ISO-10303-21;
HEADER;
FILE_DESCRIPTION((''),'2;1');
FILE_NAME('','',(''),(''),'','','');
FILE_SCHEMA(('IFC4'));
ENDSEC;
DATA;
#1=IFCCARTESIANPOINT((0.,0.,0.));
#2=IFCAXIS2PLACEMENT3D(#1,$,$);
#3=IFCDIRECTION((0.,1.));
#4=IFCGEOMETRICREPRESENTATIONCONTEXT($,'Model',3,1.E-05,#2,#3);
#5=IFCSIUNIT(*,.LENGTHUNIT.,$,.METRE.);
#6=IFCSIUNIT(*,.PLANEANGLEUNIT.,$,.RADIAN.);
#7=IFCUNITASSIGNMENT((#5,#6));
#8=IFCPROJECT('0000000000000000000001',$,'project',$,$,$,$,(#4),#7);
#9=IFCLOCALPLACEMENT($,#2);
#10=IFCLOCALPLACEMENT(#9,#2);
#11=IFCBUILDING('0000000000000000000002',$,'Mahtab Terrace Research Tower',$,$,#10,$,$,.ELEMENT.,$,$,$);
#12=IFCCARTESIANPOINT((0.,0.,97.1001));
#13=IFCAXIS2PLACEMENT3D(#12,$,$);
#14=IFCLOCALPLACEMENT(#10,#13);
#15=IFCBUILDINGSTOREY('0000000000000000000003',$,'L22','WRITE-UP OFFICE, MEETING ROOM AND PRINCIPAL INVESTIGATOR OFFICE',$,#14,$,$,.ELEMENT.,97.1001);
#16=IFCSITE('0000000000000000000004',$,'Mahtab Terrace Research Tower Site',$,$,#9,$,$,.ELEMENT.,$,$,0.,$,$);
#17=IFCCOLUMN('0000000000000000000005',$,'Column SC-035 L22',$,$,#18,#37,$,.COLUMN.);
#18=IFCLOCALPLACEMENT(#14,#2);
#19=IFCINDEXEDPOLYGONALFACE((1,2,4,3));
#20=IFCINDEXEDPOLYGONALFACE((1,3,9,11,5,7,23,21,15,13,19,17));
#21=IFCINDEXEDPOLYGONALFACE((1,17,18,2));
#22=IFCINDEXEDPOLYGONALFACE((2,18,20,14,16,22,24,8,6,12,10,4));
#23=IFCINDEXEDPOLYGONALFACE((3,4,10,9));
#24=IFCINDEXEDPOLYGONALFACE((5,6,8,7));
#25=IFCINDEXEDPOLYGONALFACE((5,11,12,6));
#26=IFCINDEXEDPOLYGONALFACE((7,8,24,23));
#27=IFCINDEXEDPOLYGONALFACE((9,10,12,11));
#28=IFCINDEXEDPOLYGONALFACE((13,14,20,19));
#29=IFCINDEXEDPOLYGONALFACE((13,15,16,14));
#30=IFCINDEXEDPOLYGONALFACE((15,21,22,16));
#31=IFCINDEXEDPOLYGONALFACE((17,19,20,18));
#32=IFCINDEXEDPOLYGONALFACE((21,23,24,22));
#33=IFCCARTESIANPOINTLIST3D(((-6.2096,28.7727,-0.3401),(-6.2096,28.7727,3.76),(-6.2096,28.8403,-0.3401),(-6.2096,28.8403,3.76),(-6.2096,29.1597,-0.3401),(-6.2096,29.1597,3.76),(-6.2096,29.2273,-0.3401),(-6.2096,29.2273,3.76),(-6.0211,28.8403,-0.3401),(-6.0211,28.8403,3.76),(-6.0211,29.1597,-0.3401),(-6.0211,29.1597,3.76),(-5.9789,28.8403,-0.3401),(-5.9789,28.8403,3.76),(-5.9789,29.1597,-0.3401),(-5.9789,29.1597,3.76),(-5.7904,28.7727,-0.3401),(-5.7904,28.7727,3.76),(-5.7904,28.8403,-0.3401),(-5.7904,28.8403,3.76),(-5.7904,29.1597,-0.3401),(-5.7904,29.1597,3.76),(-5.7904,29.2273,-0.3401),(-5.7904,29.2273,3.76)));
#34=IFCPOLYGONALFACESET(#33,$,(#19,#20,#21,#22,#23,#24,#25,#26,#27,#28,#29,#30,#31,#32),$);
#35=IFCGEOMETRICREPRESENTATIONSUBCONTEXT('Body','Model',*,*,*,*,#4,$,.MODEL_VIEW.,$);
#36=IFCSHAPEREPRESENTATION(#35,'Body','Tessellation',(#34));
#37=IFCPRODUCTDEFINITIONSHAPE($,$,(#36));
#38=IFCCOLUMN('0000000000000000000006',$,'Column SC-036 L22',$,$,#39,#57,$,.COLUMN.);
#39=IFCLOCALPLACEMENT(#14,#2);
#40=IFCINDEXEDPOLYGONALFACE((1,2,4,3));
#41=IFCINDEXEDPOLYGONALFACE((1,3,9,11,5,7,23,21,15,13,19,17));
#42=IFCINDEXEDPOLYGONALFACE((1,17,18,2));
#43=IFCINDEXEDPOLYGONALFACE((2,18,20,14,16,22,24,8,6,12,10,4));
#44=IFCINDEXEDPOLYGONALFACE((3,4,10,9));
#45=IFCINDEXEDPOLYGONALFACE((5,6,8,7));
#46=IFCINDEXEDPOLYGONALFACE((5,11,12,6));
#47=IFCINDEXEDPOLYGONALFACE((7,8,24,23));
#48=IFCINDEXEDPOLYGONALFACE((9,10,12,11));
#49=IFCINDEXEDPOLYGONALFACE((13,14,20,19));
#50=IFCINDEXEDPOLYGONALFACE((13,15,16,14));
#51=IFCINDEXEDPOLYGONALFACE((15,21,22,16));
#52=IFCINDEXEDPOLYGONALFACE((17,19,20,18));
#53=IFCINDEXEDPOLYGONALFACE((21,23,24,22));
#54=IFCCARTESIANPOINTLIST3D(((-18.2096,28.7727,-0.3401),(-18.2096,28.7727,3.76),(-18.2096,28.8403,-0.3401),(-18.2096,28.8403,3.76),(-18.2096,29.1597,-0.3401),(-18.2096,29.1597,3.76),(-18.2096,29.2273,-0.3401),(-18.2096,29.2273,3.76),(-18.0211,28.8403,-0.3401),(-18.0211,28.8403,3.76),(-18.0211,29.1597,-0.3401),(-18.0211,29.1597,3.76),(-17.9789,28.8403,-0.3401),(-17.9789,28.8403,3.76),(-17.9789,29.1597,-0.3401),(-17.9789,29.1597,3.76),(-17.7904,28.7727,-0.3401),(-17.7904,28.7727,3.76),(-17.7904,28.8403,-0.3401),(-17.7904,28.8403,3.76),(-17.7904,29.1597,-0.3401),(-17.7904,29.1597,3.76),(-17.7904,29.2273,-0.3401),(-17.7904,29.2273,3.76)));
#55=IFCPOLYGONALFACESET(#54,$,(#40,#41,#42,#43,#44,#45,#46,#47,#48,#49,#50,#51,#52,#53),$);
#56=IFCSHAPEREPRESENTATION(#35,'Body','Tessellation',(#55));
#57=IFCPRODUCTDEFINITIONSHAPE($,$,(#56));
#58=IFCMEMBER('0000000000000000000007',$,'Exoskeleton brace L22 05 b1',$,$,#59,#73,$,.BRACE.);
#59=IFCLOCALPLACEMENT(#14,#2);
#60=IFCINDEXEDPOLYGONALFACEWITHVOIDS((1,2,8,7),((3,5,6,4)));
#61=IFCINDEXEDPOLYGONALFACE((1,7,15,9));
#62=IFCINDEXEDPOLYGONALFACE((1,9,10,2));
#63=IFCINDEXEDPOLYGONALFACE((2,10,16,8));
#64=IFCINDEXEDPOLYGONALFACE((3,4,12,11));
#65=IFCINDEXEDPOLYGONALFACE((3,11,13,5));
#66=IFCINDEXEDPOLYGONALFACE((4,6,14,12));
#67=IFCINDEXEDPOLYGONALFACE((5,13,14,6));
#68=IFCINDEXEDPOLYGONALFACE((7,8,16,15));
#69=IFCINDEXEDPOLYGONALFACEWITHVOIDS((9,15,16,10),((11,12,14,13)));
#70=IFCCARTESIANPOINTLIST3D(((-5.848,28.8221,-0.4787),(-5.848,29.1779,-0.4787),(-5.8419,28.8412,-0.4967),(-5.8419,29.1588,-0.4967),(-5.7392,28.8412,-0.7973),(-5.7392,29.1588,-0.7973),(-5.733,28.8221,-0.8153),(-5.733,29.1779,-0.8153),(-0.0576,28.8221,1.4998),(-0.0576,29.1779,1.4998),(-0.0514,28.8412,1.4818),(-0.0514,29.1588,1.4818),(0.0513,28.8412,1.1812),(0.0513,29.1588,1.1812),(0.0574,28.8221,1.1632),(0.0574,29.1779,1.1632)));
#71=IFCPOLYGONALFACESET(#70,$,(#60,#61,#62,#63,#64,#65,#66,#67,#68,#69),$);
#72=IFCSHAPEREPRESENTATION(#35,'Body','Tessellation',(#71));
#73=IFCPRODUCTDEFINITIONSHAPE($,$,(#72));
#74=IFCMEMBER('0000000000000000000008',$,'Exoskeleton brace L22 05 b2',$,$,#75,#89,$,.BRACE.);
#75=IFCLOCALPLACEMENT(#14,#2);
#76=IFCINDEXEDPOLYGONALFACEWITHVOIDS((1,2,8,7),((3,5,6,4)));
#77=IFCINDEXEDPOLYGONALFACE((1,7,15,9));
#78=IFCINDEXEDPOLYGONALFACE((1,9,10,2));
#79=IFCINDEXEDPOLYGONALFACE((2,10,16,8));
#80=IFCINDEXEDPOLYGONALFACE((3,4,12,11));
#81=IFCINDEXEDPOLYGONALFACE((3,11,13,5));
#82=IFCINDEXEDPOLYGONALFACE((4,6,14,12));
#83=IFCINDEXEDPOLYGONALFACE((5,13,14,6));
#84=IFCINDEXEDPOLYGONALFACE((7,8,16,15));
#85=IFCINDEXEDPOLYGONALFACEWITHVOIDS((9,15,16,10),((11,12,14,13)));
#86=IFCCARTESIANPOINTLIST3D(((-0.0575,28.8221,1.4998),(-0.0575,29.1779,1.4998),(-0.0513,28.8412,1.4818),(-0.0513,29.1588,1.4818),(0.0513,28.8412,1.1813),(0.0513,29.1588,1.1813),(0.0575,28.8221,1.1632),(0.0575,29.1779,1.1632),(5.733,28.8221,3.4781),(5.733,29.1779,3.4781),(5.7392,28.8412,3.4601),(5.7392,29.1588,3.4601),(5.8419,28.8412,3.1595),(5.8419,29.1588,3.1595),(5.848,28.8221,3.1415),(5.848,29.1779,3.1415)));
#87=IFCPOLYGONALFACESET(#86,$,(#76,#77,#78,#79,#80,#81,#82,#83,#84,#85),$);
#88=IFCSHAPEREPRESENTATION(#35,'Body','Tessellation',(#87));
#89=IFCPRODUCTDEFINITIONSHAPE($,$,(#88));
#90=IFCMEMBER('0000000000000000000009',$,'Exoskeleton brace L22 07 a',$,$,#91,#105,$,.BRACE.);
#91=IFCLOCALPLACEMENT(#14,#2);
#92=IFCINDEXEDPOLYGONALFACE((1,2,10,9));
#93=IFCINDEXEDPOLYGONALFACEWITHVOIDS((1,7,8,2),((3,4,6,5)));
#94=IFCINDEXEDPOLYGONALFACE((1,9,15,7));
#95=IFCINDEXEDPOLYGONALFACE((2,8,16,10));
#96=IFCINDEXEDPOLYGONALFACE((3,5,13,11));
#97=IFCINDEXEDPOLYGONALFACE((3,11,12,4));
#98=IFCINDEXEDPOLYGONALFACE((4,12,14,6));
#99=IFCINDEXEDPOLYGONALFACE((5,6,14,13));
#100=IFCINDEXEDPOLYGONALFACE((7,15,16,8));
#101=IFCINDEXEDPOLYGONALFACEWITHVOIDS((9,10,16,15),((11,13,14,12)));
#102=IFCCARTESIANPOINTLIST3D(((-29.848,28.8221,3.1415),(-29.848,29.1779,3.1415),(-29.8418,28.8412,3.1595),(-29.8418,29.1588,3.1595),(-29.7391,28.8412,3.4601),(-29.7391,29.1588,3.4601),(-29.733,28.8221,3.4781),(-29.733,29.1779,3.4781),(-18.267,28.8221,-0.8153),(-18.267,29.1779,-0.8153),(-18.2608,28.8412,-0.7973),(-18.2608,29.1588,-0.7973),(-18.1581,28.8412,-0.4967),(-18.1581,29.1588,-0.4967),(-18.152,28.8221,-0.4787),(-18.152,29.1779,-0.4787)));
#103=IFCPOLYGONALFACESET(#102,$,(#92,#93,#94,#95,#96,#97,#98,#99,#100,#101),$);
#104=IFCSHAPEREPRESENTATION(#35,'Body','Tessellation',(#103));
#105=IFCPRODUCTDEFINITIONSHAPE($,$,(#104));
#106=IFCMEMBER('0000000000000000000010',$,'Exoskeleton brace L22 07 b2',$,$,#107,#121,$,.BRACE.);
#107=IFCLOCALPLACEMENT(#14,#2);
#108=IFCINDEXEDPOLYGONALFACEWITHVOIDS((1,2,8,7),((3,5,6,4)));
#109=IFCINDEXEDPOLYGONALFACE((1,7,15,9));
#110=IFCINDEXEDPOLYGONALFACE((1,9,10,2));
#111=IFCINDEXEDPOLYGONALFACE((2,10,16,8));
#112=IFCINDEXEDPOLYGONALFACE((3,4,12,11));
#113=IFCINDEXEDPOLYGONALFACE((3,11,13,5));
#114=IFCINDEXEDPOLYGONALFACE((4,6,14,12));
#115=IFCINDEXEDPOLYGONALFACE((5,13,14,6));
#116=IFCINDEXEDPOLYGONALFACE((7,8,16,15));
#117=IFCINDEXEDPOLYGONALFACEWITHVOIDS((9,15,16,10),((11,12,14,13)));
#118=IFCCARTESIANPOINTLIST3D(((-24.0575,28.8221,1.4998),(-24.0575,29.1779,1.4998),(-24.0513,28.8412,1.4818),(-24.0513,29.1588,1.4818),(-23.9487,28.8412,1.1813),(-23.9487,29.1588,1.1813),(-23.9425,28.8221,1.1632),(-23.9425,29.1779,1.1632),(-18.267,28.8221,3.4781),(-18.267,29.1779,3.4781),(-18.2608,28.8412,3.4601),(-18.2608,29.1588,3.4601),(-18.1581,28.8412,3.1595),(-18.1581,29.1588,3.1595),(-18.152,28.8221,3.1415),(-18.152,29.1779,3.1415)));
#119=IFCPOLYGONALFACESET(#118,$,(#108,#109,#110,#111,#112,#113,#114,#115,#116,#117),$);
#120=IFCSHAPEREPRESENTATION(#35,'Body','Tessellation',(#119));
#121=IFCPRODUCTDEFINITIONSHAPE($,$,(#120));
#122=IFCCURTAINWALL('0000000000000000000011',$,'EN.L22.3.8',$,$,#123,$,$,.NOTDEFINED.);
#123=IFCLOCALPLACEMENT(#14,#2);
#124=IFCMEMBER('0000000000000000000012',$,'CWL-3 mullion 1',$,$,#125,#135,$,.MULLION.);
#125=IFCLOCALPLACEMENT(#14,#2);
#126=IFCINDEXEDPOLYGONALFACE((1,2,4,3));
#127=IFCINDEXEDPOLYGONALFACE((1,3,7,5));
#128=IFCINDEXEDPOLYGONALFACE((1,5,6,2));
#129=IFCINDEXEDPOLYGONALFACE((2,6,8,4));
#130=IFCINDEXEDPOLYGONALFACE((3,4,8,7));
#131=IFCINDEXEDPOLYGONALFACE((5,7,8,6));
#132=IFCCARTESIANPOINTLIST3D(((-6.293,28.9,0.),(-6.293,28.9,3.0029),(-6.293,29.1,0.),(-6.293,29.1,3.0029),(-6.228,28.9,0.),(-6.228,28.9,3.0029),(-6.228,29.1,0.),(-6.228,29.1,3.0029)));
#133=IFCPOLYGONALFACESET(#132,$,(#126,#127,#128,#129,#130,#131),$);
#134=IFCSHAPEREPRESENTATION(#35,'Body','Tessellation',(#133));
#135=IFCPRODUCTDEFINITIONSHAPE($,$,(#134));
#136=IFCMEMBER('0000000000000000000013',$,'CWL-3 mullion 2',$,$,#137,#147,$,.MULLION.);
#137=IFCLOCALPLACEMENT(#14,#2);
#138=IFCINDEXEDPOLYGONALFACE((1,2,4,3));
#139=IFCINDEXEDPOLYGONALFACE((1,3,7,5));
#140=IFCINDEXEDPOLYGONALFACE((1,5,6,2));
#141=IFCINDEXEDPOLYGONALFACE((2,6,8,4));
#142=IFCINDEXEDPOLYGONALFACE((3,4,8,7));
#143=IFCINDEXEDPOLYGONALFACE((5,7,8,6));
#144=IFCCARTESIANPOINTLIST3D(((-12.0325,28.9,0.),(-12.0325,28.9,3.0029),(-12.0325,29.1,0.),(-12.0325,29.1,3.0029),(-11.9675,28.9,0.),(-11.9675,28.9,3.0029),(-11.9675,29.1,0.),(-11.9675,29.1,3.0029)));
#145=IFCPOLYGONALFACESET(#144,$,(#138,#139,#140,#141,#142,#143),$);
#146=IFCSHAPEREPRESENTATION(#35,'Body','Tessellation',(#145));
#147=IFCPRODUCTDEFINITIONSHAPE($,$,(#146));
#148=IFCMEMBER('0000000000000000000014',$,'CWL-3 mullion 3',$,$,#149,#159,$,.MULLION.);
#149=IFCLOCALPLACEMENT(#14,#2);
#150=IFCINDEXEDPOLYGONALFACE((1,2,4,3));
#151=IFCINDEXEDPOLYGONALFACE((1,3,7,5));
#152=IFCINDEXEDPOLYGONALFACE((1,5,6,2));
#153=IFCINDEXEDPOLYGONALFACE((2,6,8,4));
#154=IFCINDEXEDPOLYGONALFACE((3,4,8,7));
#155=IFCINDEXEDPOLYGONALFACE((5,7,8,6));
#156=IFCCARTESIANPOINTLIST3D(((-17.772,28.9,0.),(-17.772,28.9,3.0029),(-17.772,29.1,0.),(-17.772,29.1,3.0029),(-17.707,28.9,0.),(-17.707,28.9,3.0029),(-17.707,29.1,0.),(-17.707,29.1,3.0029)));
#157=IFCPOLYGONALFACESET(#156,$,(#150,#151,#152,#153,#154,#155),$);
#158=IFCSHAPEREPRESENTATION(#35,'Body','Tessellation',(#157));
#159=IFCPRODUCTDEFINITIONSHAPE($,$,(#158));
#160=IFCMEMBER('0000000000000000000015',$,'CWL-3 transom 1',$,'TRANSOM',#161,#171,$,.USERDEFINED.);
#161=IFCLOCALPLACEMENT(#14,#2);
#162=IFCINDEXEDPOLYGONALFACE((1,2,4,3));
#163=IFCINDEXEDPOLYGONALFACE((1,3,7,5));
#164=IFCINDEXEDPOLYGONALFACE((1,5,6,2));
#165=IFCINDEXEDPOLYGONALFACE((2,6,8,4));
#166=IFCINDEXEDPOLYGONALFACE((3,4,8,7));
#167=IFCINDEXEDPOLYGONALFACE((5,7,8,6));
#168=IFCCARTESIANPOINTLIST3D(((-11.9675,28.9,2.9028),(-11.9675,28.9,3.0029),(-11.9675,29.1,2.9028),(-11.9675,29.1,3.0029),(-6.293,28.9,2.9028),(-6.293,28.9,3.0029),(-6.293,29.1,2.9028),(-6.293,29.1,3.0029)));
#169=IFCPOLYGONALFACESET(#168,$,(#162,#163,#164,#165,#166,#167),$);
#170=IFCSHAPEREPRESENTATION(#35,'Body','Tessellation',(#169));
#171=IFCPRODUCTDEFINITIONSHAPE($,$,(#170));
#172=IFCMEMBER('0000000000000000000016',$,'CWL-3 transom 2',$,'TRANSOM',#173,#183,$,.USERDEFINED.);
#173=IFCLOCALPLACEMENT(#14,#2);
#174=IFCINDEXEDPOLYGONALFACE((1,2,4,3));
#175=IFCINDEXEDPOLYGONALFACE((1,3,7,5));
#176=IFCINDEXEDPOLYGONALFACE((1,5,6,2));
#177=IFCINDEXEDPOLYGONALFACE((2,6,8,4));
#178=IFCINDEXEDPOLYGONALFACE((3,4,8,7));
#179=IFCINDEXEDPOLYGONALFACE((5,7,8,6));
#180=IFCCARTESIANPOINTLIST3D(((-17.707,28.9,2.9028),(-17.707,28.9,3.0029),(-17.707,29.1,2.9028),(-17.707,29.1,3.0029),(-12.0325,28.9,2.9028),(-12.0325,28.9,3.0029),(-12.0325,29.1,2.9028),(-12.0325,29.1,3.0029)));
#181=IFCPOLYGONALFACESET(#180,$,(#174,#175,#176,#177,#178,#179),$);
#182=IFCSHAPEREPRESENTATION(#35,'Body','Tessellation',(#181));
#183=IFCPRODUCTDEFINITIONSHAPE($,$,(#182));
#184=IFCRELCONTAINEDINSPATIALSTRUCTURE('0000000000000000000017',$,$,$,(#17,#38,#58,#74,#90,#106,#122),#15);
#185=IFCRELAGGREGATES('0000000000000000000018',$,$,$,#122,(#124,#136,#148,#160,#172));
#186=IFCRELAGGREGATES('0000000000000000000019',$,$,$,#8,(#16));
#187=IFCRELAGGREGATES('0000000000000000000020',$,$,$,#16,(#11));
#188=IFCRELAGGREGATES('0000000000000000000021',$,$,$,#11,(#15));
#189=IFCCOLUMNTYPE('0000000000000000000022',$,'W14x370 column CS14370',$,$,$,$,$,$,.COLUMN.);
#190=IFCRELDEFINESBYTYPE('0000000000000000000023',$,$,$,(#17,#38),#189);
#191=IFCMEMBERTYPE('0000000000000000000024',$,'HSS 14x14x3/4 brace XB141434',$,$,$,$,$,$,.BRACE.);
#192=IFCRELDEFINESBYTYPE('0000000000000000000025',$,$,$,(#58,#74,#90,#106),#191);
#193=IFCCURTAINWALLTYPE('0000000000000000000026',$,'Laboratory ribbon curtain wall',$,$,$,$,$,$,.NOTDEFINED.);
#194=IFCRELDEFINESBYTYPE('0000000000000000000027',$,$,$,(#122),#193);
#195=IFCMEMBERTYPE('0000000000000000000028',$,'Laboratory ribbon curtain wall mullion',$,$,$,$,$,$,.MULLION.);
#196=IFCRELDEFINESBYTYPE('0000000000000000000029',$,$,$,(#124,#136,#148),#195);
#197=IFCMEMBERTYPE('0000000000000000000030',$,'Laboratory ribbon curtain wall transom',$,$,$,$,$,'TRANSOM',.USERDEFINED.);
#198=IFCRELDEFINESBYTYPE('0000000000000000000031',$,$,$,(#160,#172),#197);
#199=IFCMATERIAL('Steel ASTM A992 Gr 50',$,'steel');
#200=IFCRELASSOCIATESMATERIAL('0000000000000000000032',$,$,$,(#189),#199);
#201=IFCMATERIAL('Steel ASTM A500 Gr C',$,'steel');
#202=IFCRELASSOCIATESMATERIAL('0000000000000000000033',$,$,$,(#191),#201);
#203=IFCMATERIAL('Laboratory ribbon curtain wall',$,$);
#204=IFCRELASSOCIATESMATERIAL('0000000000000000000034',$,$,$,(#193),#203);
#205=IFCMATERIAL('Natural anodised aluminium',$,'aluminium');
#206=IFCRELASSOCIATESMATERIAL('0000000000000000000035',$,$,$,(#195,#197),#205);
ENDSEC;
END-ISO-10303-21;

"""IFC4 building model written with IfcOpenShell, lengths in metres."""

from ifc_helpers import new_model, si_unit, direction, frame, origin, origin_2d, place, context, subcontext, project, spatial, rectangle, hollow_rectangle, i_section, extrude, material, material_profile, profile_set, type_object, element, aggregate, save


model = new_model("IFC4")

# Units and contexts
model_context = context("Model", 3, precision=1e-05, world=origin(), true_north=direction((0.0, 1.0)))
body_context = subcontext(model_context, "Body", "Model", "MODEL_VIEW")
ifc_project = project(units=[si_unit("LENGTHUNIT", "METRE"), si_unit("PLANEANGLEUNIT", "RADIAN")], contexts=[model_context])

# Site, building, storey
site_placement = place(None, origin())
site = spatial("IfcSite", under=ifc_project, at=site_placement, Name="Mahtab Terrace Research Tower Site", CompositionType="ELEMENT", RefElevation=0.0)
building_placement = place(site_placement, origin())
building = spatial("IfcBuilding", under=site, at=building_placement, Name="Mahtab Terrace Research Tower", CompositionType="ELEMENT")
storey_placement = place(building_placement, frame((0.0, 0.0, 97.1001)))
storey = spatial("IfcBuildingStorey", under=building, at=storey_placement, Name="L22", Description="WRITE-UP OFFICE, MEETING ROOM AND PRINCIPAL INVESTIGATOR OFFICE", CompositionType="ELEMENT", Elevation=97.1001)

# Columns
ifc_material_1 = material(Name="Steel ASTM A992 Gr 50", Category="steel")
ifc_material_profile_1 = material_profile(ifc_material_1, i_section(OverallWidth=0.4192, OverallDepth=0.4546, WebThickness=0.0422, FlangeThickness=0.0676, at=origin_2d()), Name="W14X370")
ifc_profile_set_1 = profile_set([ifc_material_profile_1], Name="Steel ASTM A992 Gr 50")
column_type = type_object("IfcColumnType", Name="W14x370 column CS14370", PredefinedType="COLUMN", material=ifc_profile_set_1)
for number, where, z_axis, x_axis, name in (
    (1, (-6.0, 29.0, -0.3401), (0.0, 0.0, 1.0), (1.0, 0.0, 0.0), "Column SC-035 L22"),
    (2, (-18.0, 29.0, -0.3401), (0.0, 0.0, 1.0), (1.0, 0.0, 0.0), "Column SC-036 L22"),
):
    element("IfcColumn", number, at=place(storey_placement, frame(where, z_axis=z_axis, x_axis=x_axis)), inside=storey, type_object=column_type, Name=name, PredefinedType="COLUMN", context=body_context, shape_type="SweptSolid", body=[
        extrude(i_section(OverallWidth=0.4192, OverallDepth=0.4546, WebThickness=0.0422, FlangeThickness=0.0676, at=origin_2d()), origin(), (0.0, 0.0, 1.0), 4.1001),
    ])

# Members
ifc_material_2 = material(Name="Steel ASTM A500 Gr C", Category="steel")
ifc_material_profile_2 = material_profile(ifc_material_2, hollow_rectangle(XDim=0.3557, YDim=0.3557, WallThickness=0.019, at=origin_2d()), Name="HSS14X14X3/4")
ifc_profile_set_2 = profile_set([ifc_material_profile_2], Name="Steel ASTM A500 Gr C")
member_type_1 = type_object("IfcMemberType", Name="HSS 14x14x3/4 brace XB141434", PredefinedType="BRACE", material=ifc_profile_set_2)
for number, where, z_axis, x_axis, name in (
    (3, (-5.7905, 29.0, -0.647), (0.946287, 0.0, 0.323329), (0.0, 1.0, 0.0), "Exoskeleton brace L22 05 b1"),
    (4, (0.0, 29.0, 1.3315), (0.946299, 0.0, 0.323293), (0.0, 1.0, 0.0), "Exoskeleton brace L22 05 b2"),
):
    element("IfcMember", number, at=place(storey_placement, frame(where, z_axis=z_axis, x_axis=x_axis)), inside=storey, type_object=member_type_1, Name=name, PredefinedType="BRACE", context=body_context, shape_type="SweptSolid", body=[
        extrude(hollow_rectangle(XDim=0.3557, YDim=0.3557, WallThickness=0.019, at=origin_2d()), origin(), (0.0, 0.0, 1.0), 6.1191),
    ])
member_1_placement = place(storey_placement, frame((-18.2095, 29.0, -0.647), z_axis=(-0.946293, 0.0, 0.323311), x_axis=(0.0, -1.0, 0.0)))
element("IfcMember", 5, at=member_1_placement, inside=storey, type_object=member_type_1, Name="Exoskeleton brace L22 07 a", PredefinedType="BRACE", context=body_context, shape_type="SweptSolid", body=[
    extrude(hollow_rectangle(XDim=0.3557, YDim=0.3557, WallThickness=0.019, at=origin_2d()), origin(), (0.0, 0.0, 1.0), 12.2383),
])
member_2_placement = place(storey_placement, frame((-24.0, 29.0, 1.3315), z_axis=(0.946299, 0.0, 0.323293), x_axis=(0.0, 1.0, 0.0)))
element("IfcMember", 6, at=member_2_placement, inside=storey, type_object=member_type_1, Name="Exoskeleton brace L22 07 b2", PredefinedType="BRACE", context=body_context, shape_type="SweptSolid", body=[
    extrude(hollow_rectangle(XDim=0.3557, YDim=0.3557, WallThickness=0.019, at=origin_2d()), origin(), (0.0, 0.0, 1.0), 6.1191),
])

# Curtain wall, members
ifc_material_3 = material(Name="Laboratory ribbon curtain wall")
curtain_wall_type = type_object("IfcCurtainWallType", Name="Laboratory ribbon curtain wall", PredefinedType="NOTDEFINED", material=ifc_material_3)
curtain_wall_placement = place(storey_placement, origin())
curtain_wall = element("IfcCurtainWall", 7, at=curtain_wall_placement, inside=storey, type_object=curtain_wall_type, Name="EN.L22.3.8", PredefinedType="NOTDEFINED")
ifc_material_4 = material(Name="Natural anodised aluminium", Category="aluminium")
ifc_material_profile_3 = material_profile(ifc_material_4, rectangle(XDim=0.2, YDim=0.0649, at=origin_2d()), Name="MULLION 65x200")
ifc_profile_set_3 = profile_set([ifc_material_profile_3], Name="Natural anodised aluminium")
member_type_2 = type_object("IfcMemberType", Name="Laboratory ribbon curtain wall mullion", PredefinedType="MULLION", material=ifc_profile_set_3)
member_3_placement = place(storey_placement, frame((-6.2605, 29.0, 0.0), z_axis=(0.0, 0.0, 1.0), x_axis=(0.0, -1.0, 0.0)))
member_3 = element("IfcMember", 8, at=member_3_placement, type_object=member_type_2, Name="CWL-3 mullion 1", PredefinedType="MULLION", context=body_context, shape_type="SweptSolid", body=[
    extrude(rectangle(XDim=0.2, YDim=0.0649, at=origin_2d()), origin(), (0.0, 0.0, 1.0), 3.0029),
])
member_4_placement = place(storey_placement, frame((-12.0, 29.0, 0.0), z_axis=(0.0, 0.0, 1.0), x_axis=(0.0, -1.0, 0.0)))
member_4 = element("IfcMember", 9, at=member_4_placement, type_object=member_type_2, Name="CWL-3 mullion 2", PredefinedType="MULLION", context=body_context, shape_type="SweptSolid", body=[
    extrude(rectangle(XDim=0.2, YDim=0.0649, at=origin_2d()), origin(), (0.0, 0.0, 1.0), 3.0029),
])
member_5_placement = place(storey_placement, frame((-17.7395, 29.0, 0.0), z_axis=(0.0, 0.0, 1.0), x_axis=(0.0, -1.0, 0.0)))
member_5 = element("IfcMember", 10, at=member_5_placement, type_object=member_type_2, Name="CWL-3 mullion 3", PredefinedType="MULLION", context=body_context, shape_type="SweptSolid", body=[
    extrude(rectangle(XDim=0.2, YDim=0.0649, at=origin_2d()), origin(), (0.0, 0.0, 1.0), 3.0029),
])
ifc_material_profile_4 = material_profile(ifc_material_4, rectangle(XDim=0.2, YDim=0.1001, at=origin_2d()), Name="TRANSOM 100x200")
ifc_profile_set_4 = profile_set([ifc_material_profile_4], Name="Natural anodised aluminium")
member_type_3 = type_object("IfcMemberType", Name="Laboratory ribbon curtain wall transom", ElementType="TRANSOM", PredefinedType="USERDEFINED", material=ifc_profile_set_4)
member_6_placement = place(storey_placement, frame((-6.293, 29.0, 2.9529), z_axis=(-1.0, 0.0, 0.0), x_axis=(0.0, -1.0, 0.0)))
member_6 = element("IfcMember", 11, at=member_6_placement, type_object=member_type_3, Name="CWL-3 transom 1", ObjectType="TRANSOM", PredefinedType="USERDEFINED", context=body_context, shape_type="SweptSolid", body=[
    extrude(rectangle(XDim=0.2, YDim=0.1001, at=origin_2d()), origin(), (0.0, 0.0, 1.0), 5.6746),
])
member_7_placement = place(storey_placement, frame((-12.0325, 29.0, 2.9529), z_axis=(-1.0, 0.0, 0.0), x_axis=(0.0, -1.0, 0.0)))
member_7 = element("IfcMember", 12, at=member_7_placement, type_object=member_type_3, Name="CWL-3 transom 2", ObjectType="TRANSOM", PredefinedType="USERDEFINED", context=body_context, shape_type="SweptSolid", body=[
    extrude(rectangle(XDim=0.2, YDim=0.1001, at=origin_2d()), origin(), (0.0, 0.0, 1.0), 5.6746),
])

aggregate(curtain_wall, [member_3, member_4, member_5, member_6, member_7])

save(model, "model.ifc")
